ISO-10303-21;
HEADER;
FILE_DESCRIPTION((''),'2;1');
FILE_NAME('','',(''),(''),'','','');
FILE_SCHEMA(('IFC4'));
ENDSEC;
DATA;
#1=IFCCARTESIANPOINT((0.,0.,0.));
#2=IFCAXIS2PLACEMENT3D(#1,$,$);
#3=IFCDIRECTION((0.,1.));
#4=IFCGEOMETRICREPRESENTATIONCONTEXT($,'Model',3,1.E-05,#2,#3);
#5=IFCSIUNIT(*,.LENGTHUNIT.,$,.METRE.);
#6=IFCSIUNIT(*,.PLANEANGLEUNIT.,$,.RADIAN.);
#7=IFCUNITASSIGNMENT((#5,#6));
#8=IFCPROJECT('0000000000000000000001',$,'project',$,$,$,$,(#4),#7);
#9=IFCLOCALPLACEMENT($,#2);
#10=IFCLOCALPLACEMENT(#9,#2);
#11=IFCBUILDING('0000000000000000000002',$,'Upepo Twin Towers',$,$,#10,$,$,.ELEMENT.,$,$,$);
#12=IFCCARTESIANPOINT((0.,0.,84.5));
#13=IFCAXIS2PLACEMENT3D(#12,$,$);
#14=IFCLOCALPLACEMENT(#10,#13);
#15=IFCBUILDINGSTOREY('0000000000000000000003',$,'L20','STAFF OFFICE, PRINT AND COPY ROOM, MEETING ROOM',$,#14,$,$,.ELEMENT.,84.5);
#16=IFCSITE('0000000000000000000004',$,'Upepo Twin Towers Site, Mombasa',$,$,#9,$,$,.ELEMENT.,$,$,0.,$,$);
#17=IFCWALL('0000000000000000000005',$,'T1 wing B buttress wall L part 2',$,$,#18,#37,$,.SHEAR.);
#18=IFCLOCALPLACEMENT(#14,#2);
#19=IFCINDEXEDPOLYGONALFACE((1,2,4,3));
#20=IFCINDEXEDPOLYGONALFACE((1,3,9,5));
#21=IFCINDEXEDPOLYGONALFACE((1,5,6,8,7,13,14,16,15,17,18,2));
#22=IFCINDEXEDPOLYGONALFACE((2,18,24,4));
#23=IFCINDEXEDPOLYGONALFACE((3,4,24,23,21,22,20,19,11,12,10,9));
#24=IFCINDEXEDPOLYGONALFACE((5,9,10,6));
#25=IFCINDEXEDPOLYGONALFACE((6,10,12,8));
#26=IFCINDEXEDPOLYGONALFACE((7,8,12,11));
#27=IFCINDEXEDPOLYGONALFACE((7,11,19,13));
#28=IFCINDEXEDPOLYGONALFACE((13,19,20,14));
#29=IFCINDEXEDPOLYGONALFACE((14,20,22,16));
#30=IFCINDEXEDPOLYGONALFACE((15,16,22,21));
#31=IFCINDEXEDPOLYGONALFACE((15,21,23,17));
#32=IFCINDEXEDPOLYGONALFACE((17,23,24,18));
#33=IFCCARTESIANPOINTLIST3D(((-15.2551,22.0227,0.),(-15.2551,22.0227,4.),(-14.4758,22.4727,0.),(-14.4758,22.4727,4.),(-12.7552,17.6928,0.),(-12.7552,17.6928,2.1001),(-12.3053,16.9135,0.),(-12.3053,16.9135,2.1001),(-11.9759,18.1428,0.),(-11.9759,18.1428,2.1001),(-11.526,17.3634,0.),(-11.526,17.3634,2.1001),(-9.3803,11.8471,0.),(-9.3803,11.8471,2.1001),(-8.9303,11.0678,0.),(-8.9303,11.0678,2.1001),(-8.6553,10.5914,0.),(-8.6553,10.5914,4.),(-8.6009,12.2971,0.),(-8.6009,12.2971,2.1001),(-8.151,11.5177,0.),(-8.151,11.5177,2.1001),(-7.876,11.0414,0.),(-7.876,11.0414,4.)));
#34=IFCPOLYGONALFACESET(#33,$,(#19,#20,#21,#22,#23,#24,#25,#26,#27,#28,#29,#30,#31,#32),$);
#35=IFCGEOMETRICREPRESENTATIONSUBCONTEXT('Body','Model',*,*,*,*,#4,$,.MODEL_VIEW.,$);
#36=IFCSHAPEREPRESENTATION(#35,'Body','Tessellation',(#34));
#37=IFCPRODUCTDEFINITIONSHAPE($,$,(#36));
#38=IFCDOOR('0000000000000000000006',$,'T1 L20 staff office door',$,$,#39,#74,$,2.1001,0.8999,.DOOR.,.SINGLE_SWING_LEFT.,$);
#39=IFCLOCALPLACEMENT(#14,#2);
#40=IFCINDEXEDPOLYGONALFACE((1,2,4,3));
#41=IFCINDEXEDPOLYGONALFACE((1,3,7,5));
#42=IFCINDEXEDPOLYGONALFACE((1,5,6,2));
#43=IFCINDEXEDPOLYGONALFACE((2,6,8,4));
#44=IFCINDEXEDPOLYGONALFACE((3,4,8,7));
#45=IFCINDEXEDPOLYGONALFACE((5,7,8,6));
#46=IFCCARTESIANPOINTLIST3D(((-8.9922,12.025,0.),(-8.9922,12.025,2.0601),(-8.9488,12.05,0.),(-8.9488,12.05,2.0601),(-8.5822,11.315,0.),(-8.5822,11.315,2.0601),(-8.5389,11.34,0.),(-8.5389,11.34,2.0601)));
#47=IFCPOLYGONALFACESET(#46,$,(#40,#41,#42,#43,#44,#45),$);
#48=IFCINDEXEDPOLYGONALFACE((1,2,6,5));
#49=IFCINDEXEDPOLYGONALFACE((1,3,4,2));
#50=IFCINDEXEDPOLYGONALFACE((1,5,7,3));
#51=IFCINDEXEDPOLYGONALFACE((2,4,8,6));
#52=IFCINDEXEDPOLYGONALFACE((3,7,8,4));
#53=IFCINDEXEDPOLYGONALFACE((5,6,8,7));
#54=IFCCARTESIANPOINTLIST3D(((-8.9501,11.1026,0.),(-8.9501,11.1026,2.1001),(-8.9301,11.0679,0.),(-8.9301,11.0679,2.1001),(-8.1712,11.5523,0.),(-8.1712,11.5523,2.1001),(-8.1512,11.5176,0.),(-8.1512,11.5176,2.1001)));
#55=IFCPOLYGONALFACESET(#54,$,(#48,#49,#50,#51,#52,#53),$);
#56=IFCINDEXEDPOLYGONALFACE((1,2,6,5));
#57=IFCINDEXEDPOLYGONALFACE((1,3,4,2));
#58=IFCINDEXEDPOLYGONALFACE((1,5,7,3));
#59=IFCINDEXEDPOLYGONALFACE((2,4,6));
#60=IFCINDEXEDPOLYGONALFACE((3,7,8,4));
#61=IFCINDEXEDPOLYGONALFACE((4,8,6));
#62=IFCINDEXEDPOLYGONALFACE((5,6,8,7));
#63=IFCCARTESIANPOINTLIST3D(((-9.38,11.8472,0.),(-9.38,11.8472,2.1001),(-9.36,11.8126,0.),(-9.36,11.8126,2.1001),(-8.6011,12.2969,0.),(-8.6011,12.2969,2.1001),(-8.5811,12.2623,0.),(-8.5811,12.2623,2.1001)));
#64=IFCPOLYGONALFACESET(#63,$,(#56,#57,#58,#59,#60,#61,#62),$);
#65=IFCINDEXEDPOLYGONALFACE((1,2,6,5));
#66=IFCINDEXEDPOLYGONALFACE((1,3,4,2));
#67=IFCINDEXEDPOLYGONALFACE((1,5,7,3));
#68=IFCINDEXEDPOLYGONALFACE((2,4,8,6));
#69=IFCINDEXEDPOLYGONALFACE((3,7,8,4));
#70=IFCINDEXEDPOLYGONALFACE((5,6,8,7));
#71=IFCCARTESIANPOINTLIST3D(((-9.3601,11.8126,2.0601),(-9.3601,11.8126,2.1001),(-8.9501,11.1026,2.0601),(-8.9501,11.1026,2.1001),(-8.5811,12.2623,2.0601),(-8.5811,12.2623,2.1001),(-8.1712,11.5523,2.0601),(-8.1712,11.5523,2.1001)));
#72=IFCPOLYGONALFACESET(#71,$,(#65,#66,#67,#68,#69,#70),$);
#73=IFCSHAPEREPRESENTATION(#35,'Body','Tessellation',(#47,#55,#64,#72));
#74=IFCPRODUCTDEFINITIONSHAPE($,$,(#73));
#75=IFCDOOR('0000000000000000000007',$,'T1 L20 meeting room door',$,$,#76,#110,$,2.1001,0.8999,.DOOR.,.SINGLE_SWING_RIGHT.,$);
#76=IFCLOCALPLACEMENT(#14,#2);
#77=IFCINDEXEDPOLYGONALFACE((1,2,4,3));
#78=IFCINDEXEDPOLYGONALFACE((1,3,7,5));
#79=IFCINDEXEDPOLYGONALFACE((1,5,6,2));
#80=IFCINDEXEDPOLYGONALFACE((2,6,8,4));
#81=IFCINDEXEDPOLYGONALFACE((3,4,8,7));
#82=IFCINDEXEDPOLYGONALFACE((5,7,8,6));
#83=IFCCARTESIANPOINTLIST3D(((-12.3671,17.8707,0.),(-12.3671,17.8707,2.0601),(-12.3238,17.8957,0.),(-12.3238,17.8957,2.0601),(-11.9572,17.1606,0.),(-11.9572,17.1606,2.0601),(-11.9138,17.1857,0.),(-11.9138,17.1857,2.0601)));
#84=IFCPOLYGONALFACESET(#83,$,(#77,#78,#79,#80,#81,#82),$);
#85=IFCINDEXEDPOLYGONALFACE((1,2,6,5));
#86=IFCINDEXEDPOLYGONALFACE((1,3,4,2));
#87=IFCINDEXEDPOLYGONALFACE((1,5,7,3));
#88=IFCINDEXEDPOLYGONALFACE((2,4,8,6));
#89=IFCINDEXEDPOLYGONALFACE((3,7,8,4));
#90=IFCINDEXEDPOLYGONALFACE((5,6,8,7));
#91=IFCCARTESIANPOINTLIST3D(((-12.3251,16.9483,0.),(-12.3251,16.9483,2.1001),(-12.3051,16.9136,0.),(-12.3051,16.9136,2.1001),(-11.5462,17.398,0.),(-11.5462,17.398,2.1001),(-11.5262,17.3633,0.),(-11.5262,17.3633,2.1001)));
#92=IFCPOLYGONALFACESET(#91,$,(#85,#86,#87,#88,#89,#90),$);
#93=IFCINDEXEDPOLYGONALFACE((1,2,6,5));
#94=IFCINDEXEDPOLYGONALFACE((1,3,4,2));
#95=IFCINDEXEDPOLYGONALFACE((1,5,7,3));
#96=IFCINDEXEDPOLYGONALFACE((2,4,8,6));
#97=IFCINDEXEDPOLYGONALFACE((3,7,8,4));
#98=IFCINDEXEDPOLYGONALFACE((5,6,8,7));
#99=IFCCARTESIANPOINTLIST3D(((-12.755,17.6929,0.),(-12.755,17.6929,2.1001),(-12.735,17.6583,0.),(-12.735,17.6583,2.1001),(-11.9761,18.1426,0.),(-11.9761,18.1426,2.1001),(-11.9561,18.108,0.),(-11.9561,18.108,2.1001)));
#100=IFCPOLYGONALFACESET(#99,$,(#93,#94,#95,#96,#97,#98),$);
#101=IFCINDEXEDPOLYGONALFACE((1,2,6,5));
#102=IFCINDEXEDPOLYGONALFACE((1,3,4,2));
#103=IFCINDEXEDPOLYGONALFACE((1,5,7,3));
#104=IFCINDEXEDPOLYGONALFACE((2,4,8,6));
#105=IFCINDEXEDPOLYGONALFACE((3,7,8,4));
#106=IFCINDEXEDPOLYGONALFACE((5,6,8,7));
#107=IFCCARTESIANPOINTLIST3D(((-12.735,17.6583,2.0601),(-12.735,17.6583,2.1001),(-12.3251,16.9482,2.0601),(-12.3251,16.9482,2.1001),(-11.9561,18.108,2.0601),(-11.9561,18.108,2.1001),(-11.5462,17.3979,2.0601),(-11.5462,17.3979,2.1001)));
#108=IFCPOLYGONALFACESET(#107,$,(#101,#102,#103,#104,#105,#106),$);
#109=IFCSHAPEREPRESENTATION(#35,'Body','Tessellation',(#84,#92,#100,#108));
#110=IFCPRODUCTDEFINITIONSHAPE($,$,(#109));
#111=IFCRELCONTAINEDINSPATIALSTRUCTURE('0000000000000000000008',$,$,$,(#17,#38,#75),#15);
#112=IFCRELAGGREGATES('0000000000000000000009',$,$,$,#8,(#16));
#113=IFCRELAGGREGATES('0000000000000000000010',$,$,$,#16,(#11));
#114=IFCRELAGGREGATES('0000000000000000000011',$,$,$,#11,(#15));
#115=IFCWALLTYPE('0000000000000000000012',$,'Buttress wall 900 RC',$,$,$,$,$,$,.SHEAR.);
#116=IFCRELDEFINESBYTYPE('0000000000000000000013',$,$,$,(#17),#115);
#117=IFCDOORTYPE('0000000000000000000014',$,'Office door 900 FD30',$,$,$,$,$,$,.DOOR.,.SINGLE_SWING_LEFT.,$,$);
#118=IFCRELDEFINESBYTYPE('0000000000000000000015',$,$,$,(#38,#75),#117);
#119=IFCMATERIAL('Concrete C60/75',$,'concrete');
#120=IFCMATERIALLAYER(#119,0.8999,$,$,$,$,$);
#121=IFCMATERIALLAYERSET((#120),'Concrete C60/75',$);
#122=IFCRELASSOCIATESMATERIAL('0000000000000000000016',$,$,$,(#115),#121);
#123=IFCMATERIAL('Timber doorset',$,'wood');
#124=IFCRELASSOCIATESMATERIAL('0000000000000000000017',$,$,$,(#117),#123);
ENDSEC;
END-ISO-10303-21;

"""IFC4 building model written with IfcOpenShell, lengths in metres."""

from ifc_helpers import new_model, si_unit, direction, frame, frame_2d, origin, place, context, subcontext, project, spatial, rectangle, extrude, material, layer, layer_set, type_object, element, fill, save


model = new_model("IFC4")

# Units and contexts
model_context = context("Model", 3, precision=1e-05, world=origin(), true_north=direction((0.0, 1.0)))
body_context = subcontext(model_context, "Body", "Model", "MODEL_VIEW")
ifc_project = project(units=[si_unit("LENGTHUNIT", "METRE"), si_unit("PLANEANGLEUNIT", "RADIAN")], contexts=[model_context])

# Site, building, storey
site_placement = place(None, origin())
site = spatial("IfcSite", under=ifc_project, at=site_placement, Name="Upepo Twin Towers Site, Mombasa", CompositionType="ELEMENT", RefElevation=0.0)
building_placement = place(site_placement, origin())
building = spatial("IfcBuilding", under=site, at=building_placement, Name="Upepo Twin Towers", CompositionType="ELEMENT")
storey_placement = place(building_placement, frame((0.0, 0.0, 84.5)))
storey = spatial("IfcBuildingStorey", under=building, at=storey_placement, Name="L20", Description="STAFF OFFICE, PRINT AND COPY ROOM, MEETING ROOM", CompositionType="ELEMENT", Elevation=84.5)

# Wall, openings, doors
ifc_material_1 = material(Name="Concrete C60/75", Category="concrete")
ifc_layer_1 = layer(ifc_material_1, 0.8999)
ifc_layer_set_1 = layer_set([ifc_layer_1], Name="Concrete C60/75")
wall_type_1 = type_object("IfcWallType", Name="Buttress wall 900 RC", PredefinedType="SHEAR", material=ifc_layer_set_1)
wall_1_placement = place(storey_placement, frame((-8.2656, 10.8164, 0.0), z_axis=(0.0, 0.0, 1.0), x_axis=(-0.499996, 0.866028, 0.0)))
wall_1 = element("IfcWall", 1, at=wall_1_placement, inside=storey, type_object=wall_type_1, Name="T1 wing B buttress wall L part 2", PredefinedType="SHEAR", context=body_context, shape_type="SweptSolid", body=[
    extrude(rectangle(XDim=13.1997, YDim=0.8999, at=frame_2d((6.5999, 0.0))), origin(), (0.0, 0.0, 1.0), 4.0),
])
opening_1_placement = place(wall_1_placement, frame((0.55, 0.0, 0.0)))
opening_1 = element("IfcOpeningElement", 2, at=opening_1_placement, cuts=wall_1, PredefinedType="OPENING", context=body_context, shape_type="SweptSolid", body=[
    extrude(rectangle(XDim=0.8999, YDim=2.1001, at=frame_2d((0.45, 1.05))), frame((0.0, 0.46, 0.0), z_axis=(0.0, -1.0, 0.0), x_axis=(1.0, 0.0, 0.0)), (0.0, 0.0, 1.0), 0.9199),
])
opening_2_placement = place(wall_1_placement, frame((7.3, 0.0, 0.0)))
opening_2 = element("IfcOpeningElement", 3, at=opening_2_placement, cuts=wall_1, PredefinedType="OPENING", context=body_context, shape_type="SweptSolid", body=[
    extrude(rectangle(XDim=0.8999, YDim=2.1001, at=frame_2d((0.45, 1.05))), frame((0.0, 0.46, 0.0), z_axis=(0.0, -1.0, 0.0), x_axis=(1.0, 0.0, 0.0)), (0.0, 0.0, 1.0), 0.9199),
])
ifc_material_2 = material(Name="Timber doorset", Category="wood")
door_type = type_object("IfcDoorType", Name="Office door 900 FD30", OperationType="SINGLE_SWING_LEFT", PredefinedType="DOOR", material=ifc_material_2)
door_1_placement = place(opening_1_placement, origin())
door_1 = element("IfcDoor", 4, at=door_1_placement, inside=storey, type_object=door_type, Name="T1 L20 staff office door", OperationType="SINGLE_SWING_LEFT", OverallHeight=2.1001, OverallWidth=0.8999, PredefinedType="DOOR", context=body_context, shape_type="SweptSolid", body=[
    extrude(rectangle(XDim=0.8199, YDim=2.0601, at=frame_2d((0.45, 1.03))), frame((0.0, 0.0249, 0.0), z_axis=(0.0, -1.0, 0.0), x_axis=(1.0, 0.0, 0.0)), (0.0, 0.0, 1.0), 0.05),
    extrude(rectangle(XDim=0.04, YDim=2.1001, at=frame_2d((0.02, 1.05))), frame((0.0, 0.4497, 0.0), z_axis=(0.0, -1.0, 0.0), x_axis=(1.0, 0.0, 0.0)), (0.0, 0.0, 1.0), 0.8994),
    extrude(rectangle(XDim=0.04, YDim=2.1001, at=frame_2d((0.8799, 1.05))), frame((0.0, 0.4497, 0.0), z_axis=(0.0, -1.0, 0.0), x_axis=(1.0, 0.0, 0.0)), (0.0, 0.0, 1.0), 0.8994),
    extrude(rectangle(XDim=0.8199, YDim=0.04, at=frame_2d((0.45, 2.0801))), frame((0.0, 0.4497, 0.0), z_axis=(0.0, -1.0, 0.0), x_axis=(1.0, 0.0, 0.0)), (0.0, 0.0, 1.0), 0.8994),
])
fill(opening_1, door_1)
door_2_placement = place(opening_2_placement, origin())
door_2 = element("IfcDoor", 5, at=door_2_placement, inside=storey, type_object=door_type, Name="T1 L20 meeting room door", OperationType="SINGLE_SWING_RIGHT", OverallHeight=2.1001, OverallWidth=0.8999, PredefinedType="DOOR", context=body_context, shape_type="SweptSolid", body=[
    extrude(rectangle(XDim=0.8199, YDim=2.0601, at=frame_2d((0.45, 1.03))), frame((0.0, 0.0249, 0.0), z_axis=(0.0, -1.0, 0.0), x_axis=(1.0, 0.0, 0.0)), (0.0, 0.0, 1.0), 0.05),
    extrude(rectangle(XDim=0.04, YDim=2.1001, at=frame_2d((0.02, 1.05))), frame((0.0, 0.4497, 0.0), z_axis=(0.0, -1.0, 0.0), x_axis=(1.0, 0.0, 0.0)), (0.0, 0.0, 1.0), 0.8994),
    extrude(rectangle(XDim=0.04, YDim=2.1001, at=frame_2d((0.8799, 1.05))), frame((0.0, 0.4497, 0.0), z_axis=(0.0, -1.0, 0.0), x_axis=(1.0, 0.0, 0.0)), (0.0, 0.0, 1.0), 0.8994),
    extrude(rectangle(XDim=0.8199, YDim=0.04, at=frame_2d((0.45, 2.0801))), frame((0.0, 0.4497, 0.0), z_axis=(0.0, -1.0, 0.0), x_axis=(1.0, 0.0, 0.0)), (0.0, 0.0, 1.0), 0.8994),
])
fill(opening_2, door_2)

save(model, "model.ifc")
